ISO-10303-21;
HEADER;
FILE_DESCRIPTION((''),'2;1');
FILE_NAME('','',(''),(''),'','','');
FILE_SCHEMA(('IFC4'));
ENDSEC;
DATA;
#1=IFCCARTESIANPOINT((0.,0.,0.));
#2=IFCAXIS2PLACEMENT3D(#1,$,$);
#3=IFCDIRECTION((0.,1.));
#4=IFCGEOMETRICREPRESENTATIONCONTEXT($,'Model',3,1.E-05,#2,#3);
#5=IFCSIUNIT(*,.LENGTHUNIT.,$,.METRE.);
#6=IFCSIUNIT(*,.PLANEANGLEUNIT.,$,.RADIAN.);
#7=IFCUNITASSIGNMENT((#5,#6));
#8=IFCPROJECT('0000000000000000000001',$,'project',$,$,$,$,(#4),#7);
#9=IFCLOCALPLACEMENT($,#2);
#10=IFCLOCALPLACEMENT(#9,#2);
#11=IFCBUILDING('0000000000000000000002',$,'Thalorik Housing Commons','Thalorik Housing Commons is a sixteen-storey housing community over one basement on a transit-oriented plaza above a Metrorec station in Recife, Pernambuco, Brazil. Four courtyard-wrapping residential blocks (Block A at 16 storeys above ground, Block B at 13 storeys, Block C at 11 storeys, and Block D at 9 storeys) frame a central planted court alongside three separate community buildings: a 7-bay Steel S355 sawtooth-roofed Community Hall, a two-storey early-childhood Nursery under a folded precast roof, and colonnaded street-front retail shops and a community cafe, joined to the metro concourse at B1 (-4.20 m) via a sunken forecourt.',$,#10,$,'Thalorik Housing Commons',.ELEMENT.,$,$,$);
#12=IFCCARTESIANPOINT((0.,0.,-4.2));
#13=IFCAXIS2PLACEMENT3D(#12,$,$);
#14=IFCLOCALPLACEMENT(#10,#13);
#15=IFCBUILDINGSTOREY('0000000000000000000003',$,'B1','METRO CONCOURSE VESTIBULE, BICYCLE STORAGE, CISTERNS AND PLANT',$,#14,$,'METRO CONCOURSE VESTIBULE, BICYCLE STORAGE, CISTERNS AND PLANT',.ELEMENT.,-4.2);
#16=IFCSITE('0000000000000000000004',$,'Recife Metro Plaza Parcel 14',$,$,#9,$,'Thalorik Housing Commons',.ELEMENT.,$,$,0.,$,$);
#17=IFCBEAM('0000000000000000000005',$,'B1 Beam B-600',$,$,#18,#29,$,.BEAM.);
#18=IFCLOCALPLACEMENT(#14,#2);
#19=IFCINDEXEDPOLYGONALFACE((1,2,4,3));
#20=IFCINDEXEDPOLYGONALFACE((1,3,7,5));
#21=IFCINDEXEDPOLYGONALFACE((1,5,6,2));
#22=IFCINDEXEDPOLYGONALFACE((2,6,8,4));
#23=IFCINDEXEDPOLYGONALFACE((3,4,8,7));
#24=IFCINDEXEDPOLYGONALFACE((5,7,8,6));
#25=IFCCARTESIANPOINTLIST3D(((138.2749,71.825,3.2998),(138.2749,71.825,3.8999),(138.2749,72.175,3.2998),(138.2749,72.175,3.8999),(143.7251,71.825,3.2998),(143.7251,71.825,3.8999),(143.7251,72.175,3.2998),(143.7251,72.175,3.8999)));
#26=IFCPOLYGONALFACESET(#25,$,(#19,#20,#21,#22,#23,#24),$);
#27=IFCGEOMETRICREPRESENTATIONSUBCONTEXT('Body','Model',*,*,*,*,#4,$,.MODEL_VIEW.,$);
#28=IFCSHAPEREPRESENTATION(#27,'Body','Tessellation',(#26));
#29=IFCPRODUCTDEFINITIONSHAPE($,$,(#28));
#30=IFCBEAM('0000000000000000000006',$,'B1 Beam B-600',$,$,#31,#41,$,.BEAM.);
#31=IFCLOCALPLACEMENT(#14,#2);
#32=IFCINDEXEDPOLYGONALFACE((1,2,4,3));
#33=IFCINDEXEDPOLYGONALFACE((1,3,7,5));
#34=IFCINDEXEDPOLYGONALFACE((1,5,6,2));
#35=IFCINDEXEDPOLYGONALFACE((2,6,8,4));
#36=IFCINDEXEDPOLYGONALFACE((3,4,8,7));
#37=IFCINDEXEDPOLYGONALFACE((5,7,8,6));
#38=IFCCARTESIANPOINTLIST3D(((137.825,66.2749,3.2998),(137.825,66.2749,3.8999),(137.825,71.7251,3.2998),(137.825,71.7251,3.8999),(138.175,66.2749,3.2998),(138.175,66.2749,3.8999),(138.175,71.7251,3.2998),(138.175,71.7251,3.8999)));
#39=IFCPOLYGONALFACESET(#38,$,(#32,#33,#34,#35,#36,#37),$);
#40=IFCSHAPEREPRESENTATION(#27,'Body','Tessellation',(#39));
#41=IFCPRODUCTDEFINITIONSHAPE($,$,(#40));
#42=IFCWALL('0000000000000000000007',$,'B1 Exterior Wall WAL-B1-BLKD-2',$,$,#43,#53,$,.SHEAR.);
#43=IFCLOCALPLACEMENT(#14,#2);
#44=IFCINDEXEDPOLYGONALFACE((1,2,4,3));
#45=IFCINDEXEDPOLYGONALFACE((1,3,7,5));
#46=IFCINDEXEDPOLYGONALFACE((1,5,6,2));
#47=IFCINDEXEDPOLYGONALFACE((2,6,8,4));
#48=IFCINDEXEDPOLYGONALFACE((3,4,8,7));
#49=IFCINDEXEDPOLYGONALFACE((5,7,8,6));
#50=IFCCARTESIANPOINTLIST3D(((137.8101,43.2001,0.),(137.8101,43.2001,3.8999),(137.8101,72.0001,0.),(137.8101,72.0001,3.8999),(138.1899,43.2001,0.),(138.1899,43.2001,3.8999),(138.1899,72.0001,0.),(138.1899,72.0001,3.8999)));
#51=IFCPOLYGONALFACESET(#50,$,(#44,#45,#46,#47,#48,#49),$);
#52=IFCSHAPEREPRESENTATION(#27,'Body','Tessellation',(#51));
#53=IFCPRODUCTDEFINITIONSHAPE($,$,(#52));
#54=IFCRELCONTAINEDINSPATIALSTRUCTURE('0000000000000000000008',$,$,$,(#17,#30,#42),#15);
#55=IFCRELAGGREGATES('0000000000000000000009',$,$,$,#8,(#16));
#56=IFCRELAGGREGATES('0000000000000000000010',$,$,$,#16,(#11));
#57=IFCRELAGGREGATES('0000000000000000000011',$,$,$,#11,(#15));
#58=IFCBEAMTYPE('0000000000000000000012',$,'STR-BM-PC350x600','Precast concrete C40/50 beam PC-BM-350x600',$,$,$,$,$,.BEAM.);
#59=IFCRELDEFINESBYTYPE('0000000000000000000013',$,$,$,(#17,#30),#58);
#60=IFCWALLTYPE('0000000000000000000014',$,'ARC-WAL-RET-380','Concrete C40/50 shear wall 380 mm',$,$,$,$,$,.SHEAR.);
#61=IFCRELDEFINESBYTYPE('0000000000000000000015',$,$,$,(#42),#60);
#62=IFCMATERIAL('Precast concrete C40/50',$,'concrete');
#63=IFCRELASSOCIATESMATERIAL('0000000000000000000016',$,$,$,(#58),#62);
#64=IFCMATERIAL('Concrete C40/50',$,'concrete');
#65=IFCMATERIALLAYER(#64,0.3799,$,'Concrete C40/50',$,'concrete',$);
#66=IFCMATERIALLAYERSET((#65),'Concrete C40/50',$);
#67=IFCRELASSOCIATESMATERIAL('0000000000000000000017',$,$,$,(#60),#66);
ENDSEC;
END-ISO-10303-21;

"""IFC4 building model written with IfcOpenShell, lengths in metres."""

from ifc_helpers import new_model, si_unit, direction, frame, frame_2d, origin, origin_2d, place, context, subcontext, project, spatial, rectangle, extrude, material, layer, layer_set, material_profile, profile_set, type_object, element, save


model = new_model("IFC4")

# Units and contexts
model_context = context("Model", 3, precision=1e-05, world=origin(), true_north=direction((0.0, 1.0)))
body_context = subcontext(model_context, "Body", "Model", "MODEL_VIEW")
ifc_project = project(units=[si_unit("LENGTHUNIT", "METRE"), si_unit("PLANEANGLEUNIT", "RADIAN")], contexts=[model_context])

# Site, building, storey
site_placement = place(None, origin())
site = spatial("IfcSite", under=ifc_project, at=site_placement, Name="Recife Metro Plaza Parcel 14", LongName="Thalorik Housing Commons", CompositionType="ELEMENT", RefElevation=0.0)
building_placement = place(site_placement, origin())
building = spatial("IfcBuilding", under=site, at=building_placement, Name="Thalorik Housing Commons", Description="Thalorik Housing Commons is a sixteen-storey housing community over one basement on a transit-oriented plaza above a Metrorec station in Recife, Pernambuco, Brazil. Four courtyard-wrapping residential blocks (Block A at 16 storeys above ground, Block B at 13 storeys, Block C at 11 storeys, and Block D at 9 storeys) frame a central planted court alongside three separate community buildings: a 7-bay Steel S355 sawtooth-roofed Community Hall, a two-storey early-childhood Nursery under a folded precast roof, and colonnaded street-front retail shops and a community cafe, joined to the metro concourse at B1 (-4.20 m) via a sunken forecourt.", LongName="Thalorik Housing Commons", CompositionType="ELEMENT")
storey_placement = place(building_placement, frame((0.0, 0.0, -4.2)))
storey = spatial("IfcBuildingStorey", under=building, at=storey_placement, Name="B1", Description="METRO CONCOURSE VESTIBULE, BICYCLE STORAGE, CISTERNS AND PLANT", LongName="METRO CONCOURSE VESTIBULE, BICYCLE STORAGE, CISTERNS AND PLANT", CompositionType="ELEMENT", Elevation=-4.2)

# Shared definitions
ifc_material_1 = material(Name="Concrete C40/50", Category="concrete")

# Shared definitions
ifc_material_2 = material(Name="Precast concrete C40/50", Category="concrete")

# Beams
ifc_material_profile_1 = material_profile(ifc_material_2, rectangle(XDim=0.3501, YDim=0.6001, at=origin_2d()), Name="PC 350x600", Category="concrete")
ifc_profile_set_1 = profile_set([ifc_material_profile_1], Name="Precast concrete C40/50")
beam_type = type_object("IfcBeamType", Name="STR-BM-PC350x600", Description="Precast concrete C40/50 beam PC-BM-350x600", PredefinedType="BEAM", material=ifc_profile_set_1)
for number, where, z_axis, x_axis, name in (
    (1, (138.2749, 72.0, 3.5999), (1.0, 0.0, 0.0), (0.0, 1.0, 0.0), "B1 Beam B-600"),
    (2, (138.0, 66.2749, 3.5999), (0.0, 1.0, 0.0), (-1.0, 0.0, 0.0), "B1 Beam B-600"),
):
    element("IfcBeam", number, at=place(storey_placement, frame(where, z_axis=z_axis, x_axis=x_axis)), inside=storey, type_object=beam_type, Name=name, PredefinedType="BEAM", context=body_context, shape_type="SweptSolid", body=[
        extrude(rectangle(XDim=0.3501, YDim=0.6001, at=origin_2d()), origin(), (0.0, 0.0, 1.0), 5.4502),
    ])

# Wall
ifc_layer = layer(ifc_material_1, 0.3799, Name="Concrete C40/50", Category="concrete")
ifc_layer_set = layer_set([ifc_layer], Name="Concrete C40/50")
wall_type = type_object("IfcWallType", Name="ARC-WAL-RET-380", Description="Concrete C40/50 shear wall 380 mm", PredefinedType="SHEAR", material=ifc_layer_set)
wall_placement = place(storey_placement, frame((138.0, 72.0, 0.0), z_axis=(0.0, 0.0, 1.0), x_axis=(0.0, -1.0, 0.0)))
element("IfcWall", 3, at=wall_placement, inside=storey, type_object=wall_type, Name="B1 Exterior Wall WAL-B1-BLKD-2", PredefinedType="SHEAR", context=body_context, shape_type="SweptSolid", body=[
    extrude(rectangle(XDim=28.8, YDim=0.3799, at=frame_2d((14.3999, 0.0))), origin(), (0.0, 0.0, 1.0), 3.8999),
])

save(model, "model.ifc")
